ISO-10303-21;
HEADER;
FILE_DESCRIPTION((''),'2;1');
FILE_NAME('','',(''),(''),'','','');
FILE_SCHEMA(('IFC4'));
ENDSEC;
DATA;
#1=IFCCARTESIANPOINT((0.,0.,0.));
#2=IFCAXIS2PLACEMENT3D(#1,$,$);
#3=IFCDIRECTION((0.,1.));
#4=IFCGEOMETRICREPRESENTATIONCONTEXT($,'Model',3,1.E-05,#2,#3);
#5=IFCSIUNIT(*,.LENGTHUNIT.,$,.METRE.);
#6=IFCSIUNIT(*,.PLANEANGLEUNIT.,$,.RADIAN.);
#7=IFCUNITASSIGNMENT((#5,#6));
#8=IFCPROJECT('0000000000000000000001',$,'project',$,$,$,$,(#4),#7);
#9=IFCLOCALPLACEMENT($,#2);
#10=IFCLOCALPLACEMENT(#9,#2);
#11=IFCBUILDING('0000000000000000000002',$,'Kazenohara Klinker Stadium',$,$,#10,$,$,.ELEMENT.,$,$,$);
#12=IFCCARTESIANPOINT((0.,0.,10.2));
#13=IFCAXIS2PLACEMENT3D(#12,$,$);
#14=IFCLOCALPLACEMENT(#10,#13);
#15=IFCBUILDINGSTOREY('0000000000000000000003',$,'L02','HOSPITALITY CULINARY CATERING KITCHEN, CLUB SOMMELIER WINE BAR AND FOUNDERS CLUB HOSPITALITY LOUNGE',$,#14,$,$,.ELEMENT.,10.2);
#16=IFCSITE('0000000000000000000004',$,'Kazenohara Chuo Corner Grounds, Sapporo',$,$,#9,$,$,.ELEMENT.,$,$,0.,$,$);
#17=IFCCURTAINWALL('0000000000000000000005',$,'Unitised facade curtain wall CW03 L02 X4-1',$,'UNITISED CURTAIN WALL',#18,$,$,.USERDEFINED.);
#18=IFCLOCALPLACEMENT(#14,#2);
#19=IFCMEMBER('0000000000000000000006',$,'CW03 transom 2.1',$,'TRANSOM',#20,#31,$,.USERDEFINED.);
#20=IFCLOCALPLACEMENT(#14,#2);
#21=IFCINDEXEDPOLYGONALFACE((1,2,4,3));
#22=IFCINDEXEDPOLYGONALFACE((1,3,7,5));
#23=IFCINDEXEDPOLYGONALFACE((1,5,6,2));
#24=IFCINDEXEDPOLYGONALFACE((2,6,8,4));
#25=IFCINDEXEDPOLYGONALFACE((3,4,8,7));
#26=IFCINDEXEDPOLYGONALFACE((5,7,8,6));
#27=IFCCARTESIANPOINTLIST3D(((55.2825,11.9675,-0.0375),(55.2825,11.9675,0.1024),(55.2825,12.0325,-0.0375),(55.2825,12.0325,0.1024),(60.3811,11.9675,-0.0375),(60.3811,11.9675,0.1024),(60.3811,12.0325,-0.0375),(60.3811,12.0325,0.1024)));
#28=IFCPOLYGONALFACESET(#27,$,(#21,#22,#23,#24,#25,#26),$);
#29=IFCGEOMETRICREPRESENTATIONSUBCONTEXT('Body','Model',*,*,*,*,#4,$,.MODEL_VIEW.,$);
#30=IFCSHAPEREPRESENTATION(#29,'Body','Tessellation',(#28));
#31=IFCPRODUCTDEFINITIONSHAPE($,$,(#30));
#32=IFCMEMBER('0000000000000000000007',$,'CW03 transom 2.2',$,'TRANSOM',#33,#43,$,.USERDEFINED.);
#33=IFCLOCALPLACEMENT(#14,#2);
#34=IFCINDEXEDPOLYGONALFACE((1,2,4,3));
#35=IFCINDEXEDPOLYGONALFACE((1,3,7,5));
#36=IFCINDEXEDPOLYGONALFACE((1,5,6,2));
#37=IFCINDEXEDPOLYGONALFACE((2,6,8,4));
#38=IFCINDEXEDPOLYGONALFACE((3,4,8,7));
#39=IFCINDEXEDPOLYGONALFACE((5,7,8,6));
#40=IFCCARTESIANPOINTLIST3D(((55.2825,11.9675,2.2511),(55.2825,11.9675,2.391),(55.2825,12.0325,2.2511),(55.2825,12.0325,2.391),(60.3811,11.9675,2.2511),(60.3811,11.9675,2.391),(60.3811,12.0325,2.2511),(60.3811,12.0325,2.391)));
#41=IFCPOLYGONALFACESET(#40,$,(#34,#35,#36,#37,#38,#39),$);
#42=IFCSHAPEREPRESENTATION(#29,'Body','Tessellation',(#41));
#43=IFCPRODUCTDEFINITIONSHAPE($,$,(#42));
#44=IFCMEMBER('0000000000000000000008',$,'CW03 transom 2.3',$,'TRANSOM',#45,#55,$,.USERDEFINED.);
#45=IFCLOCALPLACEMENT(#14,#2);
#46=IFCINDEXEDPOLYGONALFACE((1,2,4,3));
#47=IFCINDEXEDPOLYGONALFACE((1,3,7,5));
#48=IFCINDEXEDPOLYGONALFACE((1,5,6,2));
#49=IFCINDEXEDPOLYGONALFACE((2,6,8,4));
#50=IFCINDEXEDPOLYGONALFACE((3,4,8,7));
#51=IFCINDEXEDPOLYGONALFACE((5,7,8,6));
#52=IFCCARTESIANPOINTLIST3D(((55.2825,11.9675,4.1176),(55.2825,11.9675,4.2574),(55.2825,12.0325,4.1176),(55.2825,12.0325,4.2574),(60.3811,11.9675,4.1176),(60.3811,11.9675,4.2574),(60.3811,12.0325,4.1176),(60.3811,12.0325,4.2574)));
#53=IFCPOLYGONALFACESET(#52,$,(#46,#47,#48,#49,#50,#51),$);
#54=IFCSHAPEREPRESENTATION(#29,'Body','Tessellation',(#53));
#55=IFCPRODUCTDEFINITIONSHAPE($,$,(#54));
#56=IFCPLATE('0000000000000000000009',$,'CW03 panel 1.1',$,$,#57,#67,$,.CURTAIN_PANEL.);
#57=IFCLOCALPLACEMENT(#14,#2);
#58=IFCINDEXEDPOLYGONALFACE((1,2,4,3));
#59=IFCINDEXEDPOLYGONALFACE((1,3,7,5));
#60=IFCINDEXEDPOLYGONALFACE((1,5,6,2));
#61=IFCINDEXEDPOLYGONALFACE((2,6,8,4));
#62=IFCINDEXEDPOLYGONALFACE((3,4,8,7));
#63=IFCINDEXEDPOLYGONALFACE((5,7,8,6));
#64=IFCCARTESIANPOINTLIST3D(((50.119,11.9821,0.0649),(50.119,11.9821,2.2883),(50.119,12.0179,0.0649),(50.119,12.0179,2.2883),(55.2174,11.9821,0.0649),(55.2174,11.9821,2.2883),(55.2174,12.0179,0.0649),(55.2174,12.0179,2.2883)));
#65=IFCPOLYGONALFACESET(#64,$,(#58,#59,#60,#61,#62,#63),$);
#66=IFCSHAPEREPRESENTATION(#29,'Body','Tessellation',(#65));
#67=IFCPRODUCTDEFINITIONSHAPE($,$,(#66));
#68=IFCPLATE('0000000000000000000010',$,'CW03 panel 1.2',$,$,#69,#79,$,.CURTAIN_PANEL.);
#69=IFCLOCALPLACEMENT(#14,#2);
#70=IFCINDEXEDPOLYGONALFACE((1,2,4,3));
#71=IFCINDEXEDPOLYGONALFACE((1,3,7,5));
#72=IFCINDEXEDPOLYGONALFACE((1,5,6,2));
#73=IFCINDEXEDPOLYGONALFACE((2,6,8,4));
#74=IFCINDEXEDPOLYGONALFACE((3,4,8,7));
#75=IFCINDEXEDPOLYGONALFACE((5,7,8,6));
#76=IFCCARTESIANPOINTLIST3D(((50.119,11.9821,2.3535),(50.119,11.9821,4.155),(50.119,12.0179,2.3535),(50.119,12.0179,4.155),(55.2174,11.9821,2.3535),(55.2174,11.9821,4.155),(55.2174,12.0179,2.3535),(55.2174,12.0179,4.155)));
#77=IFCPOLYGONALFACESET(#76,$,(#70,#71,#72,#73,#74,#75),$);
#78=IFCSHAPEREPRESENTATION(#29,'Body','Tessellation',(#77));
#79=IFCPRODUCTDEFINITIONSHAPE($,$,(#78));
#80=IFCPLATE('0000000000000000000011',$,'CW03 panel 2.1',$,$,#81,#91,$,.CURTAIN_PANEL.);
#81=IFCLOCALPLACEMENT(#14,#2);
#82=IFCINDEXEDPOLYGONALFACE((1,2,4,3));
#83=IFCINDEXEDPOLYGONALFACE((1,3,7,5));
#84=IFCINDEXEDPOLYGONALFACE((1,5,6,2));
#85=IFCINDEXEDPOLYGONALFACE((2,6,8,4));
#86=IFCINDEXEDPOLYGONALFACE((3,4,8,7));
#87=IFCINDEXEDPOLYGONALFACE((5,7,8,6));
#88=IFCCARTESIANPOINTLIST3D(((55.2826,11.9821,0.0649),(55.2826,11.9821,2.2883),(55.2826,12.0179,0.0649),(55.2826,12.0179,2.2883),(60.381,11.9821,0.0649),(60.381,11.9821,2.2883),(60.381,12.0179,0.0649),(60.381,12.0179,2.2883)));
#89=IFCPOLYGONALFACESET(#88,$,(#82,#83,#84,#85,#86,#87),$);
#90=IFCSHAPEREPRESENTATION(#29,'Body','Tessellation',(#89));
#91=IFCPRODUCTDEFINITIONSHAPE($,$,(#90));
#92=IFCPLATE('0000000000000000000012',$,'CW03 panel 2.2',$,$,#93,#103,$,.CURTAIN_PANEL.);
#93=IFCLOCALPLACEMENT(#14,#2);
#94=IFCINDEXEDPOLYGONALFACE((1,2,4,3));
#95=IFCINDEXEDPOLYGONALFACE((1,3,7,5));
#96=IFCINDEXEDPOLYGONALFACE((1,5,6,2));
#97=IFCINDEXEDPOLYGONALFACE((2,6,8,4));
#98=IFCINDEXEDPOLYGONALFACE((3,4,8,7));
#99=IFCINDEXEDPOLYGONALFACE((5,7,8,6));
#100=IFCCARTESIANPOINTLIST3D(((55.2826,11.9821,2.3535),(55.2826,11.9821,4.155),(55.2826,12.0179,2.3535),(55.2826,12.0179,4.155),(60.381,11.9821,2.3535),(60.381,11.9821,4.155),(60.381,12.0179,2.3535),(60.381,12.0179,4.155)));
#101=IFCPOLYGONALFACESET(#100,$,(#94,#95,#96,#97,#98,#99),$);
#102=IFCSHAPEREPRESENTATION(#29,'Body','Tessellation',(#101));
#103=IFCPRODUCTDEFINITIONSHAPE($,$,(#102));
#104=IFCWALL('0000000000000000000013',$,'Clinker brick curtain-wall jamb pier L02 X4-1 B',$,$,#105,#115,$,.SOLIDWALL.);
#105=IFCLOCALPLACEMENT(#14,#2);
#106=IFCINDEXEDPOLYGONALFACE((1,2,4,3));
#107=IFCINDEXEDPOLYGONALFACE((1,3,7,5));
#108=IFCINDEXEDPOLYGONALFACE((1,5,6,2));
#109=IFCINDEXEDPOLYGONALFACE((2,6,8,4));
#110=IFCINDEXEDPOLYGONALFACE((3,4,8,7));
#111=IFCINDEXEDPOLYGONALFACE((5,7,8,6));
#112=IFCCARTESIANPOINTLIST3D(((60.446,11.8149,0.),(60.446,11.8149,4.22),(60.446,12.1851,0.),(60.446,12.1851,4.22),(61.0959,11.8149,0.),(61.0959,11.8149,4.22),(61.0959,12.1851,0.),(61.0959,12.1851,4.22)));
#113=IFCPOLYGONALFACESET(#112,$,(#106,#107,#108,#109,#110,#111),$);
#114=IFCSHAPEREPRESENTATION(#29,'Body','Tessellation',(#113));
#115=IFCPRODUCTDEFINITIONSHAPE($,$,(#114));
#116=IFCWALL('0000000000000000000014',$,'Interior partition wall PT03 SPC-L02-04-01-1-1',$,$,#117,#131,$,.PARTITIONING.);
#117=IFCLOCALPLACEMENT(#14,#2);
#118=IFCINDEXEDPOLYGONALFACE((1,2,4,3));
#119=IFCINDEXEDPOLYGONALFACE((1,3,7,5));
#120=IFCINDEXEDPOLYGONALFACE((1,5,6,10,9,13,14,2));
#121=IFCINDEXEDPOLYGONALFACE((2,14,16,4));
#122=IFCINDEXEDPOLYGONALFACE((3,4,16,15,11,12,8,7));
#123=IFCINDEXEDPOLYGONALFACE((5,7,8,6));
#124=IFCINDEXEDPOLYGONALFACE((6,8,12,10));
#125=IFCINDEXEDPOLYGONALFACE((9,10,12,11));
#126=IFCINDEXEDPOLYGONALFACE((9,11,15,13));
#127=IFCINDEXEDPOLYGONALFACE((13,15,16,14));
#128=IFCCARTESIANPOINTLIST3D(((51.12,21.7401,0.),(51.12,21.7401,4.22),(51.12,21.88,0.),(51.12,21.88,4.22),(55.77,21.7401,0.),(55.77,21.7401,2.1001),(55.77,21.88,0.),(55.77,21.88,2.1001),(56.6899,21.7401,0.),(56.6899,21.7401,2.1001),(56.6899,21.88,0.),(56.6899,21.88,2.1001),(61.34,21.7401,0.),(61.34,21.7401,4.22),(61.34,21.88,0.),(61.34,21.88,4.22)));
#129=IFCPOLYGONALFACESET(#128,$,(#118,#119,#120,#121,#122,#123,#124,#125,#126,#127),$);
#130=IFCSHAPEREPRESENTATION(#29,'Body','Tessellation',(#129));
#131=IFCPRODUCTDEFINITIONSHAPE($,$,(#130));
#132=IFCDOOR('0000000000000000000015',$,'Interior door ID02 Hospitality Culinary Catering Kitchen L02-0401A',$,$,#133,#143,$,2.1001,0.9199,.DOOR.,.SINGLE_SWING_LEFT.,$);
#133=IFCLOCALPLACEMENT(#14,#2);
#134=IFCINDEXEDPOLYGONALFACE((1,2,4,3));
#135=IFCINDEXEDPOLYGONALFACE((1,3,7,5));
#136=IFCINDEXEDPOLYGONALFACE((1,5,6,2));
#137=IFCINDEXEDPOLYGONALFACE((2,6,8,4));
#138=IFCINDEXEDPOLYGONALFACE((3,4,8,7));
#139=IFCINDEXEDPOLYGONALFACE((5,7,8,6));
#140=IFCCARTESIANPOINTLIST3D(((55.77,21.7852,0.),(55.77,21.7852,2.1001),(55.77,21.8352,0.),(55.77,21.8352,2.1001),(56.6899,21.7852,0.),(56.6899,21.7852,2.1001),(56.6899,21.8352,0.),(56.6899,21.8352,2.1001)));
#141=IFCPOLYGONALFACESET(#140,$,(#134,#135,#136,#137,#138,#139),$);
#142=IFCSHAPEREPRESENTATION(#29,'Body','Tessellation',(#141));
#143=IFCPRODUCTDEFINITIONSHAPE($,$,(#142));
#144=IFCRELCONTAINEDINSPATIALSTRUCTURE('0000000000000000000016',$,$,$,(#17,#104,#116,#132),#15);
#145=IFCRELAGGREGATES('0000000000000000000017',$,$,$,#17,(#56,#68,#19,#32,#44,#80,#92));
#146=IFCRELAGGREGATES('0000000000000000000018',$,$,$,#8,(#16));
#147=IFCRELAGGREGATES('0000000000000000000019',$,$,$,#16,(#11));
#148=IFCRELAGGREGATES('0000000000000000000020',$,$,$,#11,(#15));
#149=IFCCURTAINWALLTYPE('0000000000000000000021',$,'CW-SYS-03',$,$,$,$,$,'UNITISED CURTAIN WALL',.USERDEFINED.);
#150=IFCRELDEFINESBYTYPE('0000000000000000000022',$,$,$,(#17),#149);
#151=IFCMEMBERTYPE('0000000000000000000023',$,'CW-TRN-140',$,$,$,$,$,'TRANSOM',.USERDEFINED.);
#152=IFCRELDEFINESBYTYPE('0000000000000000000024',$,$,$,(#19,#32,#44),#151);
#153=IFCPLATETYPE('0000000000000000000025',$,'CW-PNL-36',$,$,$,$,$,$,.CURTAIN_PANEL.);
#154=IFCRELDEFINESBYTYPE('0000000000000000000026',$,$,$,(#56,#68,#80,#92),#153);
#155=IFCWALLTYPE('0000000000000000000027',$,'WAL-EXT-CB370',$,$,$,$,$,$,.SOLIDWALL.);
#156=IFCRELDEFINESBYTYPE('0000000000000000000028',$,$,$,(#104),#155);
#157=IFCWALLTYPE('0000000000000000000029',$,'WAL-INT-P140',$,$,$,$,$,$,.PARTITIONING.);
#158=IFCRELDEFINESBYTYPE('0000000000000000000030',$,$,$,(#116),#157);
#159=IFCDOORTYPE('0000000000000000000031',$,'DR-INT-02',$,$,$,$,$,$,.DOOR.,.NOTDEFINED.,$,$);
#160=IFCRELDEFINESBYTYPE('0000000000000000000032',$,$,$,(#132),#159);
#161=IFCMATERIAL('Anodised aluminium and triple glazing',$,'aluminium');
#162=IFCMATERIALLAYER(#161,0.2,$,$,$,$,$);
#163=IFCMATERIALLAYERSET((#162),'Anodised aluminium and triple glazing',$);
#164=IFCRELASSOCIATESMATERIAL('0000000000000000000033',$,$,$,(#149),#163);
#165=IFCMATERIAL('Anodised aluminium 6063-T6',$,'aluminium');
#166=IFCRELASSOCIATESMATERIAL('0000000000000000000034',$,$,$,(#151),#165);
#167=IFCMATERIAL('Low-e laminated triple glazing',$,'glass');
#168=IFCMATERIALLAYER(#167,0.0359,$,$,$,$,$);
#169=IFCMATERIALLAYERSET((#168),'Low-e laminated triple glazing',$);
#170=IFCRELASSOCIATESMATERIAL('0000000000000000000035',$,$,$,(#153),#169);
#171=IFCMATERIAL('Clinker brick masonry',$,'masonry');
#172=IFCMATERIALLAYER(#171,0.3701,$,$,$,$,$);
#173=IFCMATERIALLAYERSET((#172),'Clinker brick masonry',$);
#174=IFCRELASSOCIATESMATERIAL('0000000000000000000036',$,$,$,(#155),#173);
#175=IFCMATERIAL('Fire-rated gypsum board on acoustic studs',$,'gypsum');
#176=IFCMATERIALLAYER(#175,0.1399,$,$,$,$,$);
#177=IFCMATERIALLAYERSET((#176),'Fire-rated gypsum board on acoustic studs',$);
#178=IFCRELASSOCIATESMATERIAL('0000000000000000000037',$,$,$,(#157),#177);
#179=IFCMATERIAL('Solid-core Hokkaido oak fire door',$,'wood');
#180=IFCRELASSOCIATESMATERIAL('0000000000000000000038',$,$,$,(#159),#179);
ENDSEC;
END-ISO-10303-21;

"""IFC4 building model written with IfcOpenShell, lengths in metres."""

from ifc_helpers import new_model, si_unit, direction, frame, frame_2d, origin, origin_2d, place, context, subcontext, project, spatial, rectangle, extrude, material, layer, layer_set, material_profile, profile_set, type_object, element, fill, aggregate, save


model = new_model("IFC4")

# Units and contexts
model_context = context("Model", 3, precision=1e-05, world=origin(), true_north=direction((0.0, 1.0)))
body_context = subcontext(model_context, "Body", "Model", "MODEL_VIEW")
ifc_project = project(units=[si_unit("LENGTHUNIT", "METRE"), si_unit("PLANEANGLEUNIT", "RADIAN")], contexts=[model_context])

# Site, building, storey
site_placement = place(None, origin())
site = spatial("IfcSite", under=ifc_project, at=site_placement, Name="Kazenohara Chuo Corner Grounds, Sapporo", CompositionType="ELEMENT", RefElevation=0.0)
building_placement = place(site_placement, origin())
building = spatial("IfcBuilding", under=site, at=building_placement, Name="Kazenohara Klinker Stadium", CompositionType="ELEMENT")
storey_placement = place(building_placement, frame((0.0, 0.0, 10.2)))
storey = spatial("IfcBuildingStorey", under=building, at=storey_placement, Name="L02", Description="HOSPITALITY CULINARY CATERING KITCHEN, CLUB SOMMELIER WINE BAR AND FOUNDERS CLUB HOSPITALITY LOUNGE", CompositionType="ELEMENT", Elevation=10.2)

# Curtain wall, members, plates
ifc_material_1 = material(Name="Anodised aluminium and triple glazing", Category="aluminium")
ifc_layer_1 = layer(ifc_material_1, 0.2)
ifc_layer_set_1 = layer_set([ifc_layer_1], Name="Anodised aluminium and triple glazing")
curtain_wall_type = type_object("IfcCurtainWallType", Name="CW-SYS-03", ElementType="UNITISED CURTAIN WALL", PredefinedType="USERDEFINED", material=ifc_layer_set_1)
curtain_wall_placement = place(storey_placement, origin())
curtain_wall = element("IfcCurtainWall", 1, at=curtain_wall_placement, inside=storey, type_object=curtain_wall_type, Name="Unitised facade curtain wall CW03 L02 X4-1", ObjectType="UNITISED CURTAIN WALL", PredefinedType="USERDEFINED")
ifc_material_2 = material(Name="Anodised aluminium 6063-T6", Category="aluminium")
ifc_material_profile_1 = material_profile(ifc_material_2, rectangle(XDim=0.0649, YDim=0.1399, at=origin_2d()), Name="ALU-TRN-65x140")
ifc_profile_set_1 = profile_set([ifc_material_profile_1], Name="Anodised aluminium 6063-T6")
member_type_1 = type_object("IfcMemberType", Name="CW-TRN-140", ElementType="TRANSOM", PredefinedType="USERDEFINED", material=ifc_profile_set_1)
member_1_placement = place(storey_placement, frame((55.2825, 12.0, 0.0325), z_axis=(1.0, 0.0, 0.0), x_axis=(0.0, 1.0, 0.0)))
member_1 = element("IfcMember", 2, at=member_1_placement, type_object=member_type_1, Name="CW03 transom 2.1", ObjectType="TRANSOM", PredefinedType="USERDEFINED", context=body_context, shape_type="SweptSolid", body=[
    extrude(rectangle(XDim=0.0649, YDim=0.1399, at=origin_2d()), origin(), (0.0, 0.0, 1.0), 5.0986),
])
member_2_placement = place(storey_placement, frame((55.2825, 12.0, 2.321), z_axis=(1.0, 0.0, 0.0), x_axis=(0.0, 1.0, 0.0)))
member_2 = element("IfcMember", 3, at=member_2_placement, type_object=member_type_1, Name="CW03 transom 2.2", ObjectType="TRANSOM", PredefinedType="USERDEFINED", context=body_context, shape_type="SweptSolid", body=[
    extrude(rectangle(XDim=0.0649, YDim=0.1399, at=origin_2d()), origin(), (0.0, 0.0, 1.0), 5.0986),
])
member_3_placement = place(storey_placement, frame((55.2825, 12.0, 4.1875), z_axis=(1.0, 0.0, 0.0), x_axis=(0.0, 1.0, 0.0)))
member_3 = element("IfcMember", 4, at=member_3_placement, type_object=member_type_1, Name="CW03 transom 2.3", ObjectType="TRANSOM", PredefinedType="USERDEFINED", context=body_context, shape_type="SweptSolid", body=[
    extrude(rectangle(XDim=0.0649, YDim=0.1399, at=origin_2d()), origin(), (0.0, 0.0, 1.0), 5.0986),
])
ifc_material_3 = material(Name="Low-e laminated triple glazing", Category="glass")
ifc_layer_2 = layer(ifc_material_3, 0.0359)
ifc_layer_set_2 = layer_set([ifc_layer_2], Name="Low-e laminated triple glazing")
plate_type = type_object("IfcPlateType", Name="CW-PNL-36", PredefinedType="CURTAIN_PANEL", material=ifc_layer_set_2)
plate_1_placement = place(storey_placement, frame((52.6682, 12.0, 0.0649), z_axis=(0.0, 0.0, 1.0), x_axis=(1.0, 0.0, 0.0)))
plate_1 = element("IfcPlate", 5, at=plate_1_placement, type_object=plate_type, Name="CW03 panel 1.1", PredefinedType="CURTAIN_PANEL", context=body_context, shape_type="SweptSolid", body=[
    extrude(rectangle(XDim=5.0984, YDim=0.0359, at=origin_2d()), origin(), (0.0, 0.0, 1.0), 2.2234),
])
plate_2_placement = place(storey_placement, frame((52.6682, 12.0, 2.3535), z_axis=(0.0, 0.0, 1.0), x_axis=(1.0, 0.0, 0.0)))
plate_2 = element("IfcPlate", 6, at=plate_2_placement, type_object=plate_type, Name="CW03 panel 1.2", PredefinedType="CURTAIN_PANEL", context=body_context, shape_type="SweptSolid", body=[
    extrude(rectangle(XDim=5.0984, YDim=0.0359, at=origin_2d()), origin(), (0.0, 0.0, 1.0), 1.8015),
])
plate_3_placement = place(storey_placement, frame((57.8318, 12.0, 0.0649), z_axis=(0.0, 0.0, 1.0), x_axis=(1.0, 0.0, 0.0)))
plate_3 = element("IfcPlate", 7, at=plate_3_placement, type_object=plate_type, Name="CW03 panel 2.1", PredefinedType="CURTAIN_PANEL", context=body_context, shape_type="SweptSolid", body=[
    extrude(rectangle(XDim=5.0984, YDim=0.0359, at=origin_2d()), origin(), (0.0, 0.0, 1.0), 2.2234),
])
plate_4_placement = place(storey_placement, frame((57.8318, 12.0, 2.3535), z_axis=(0.0, 0.0, 1.0), x_axis=(1.0, 0.0, 0.0)))
plate_4 = element("IfcPlate", 8, at=plate_4_placement, type_object=plate_type, Name="CW03 panel 2.2", PredefinedType="CURTAIN_PANEL", context=body_context, shape_type="SweptSolid", body=[
    extrude(rectangle(XDim=5.0984, YDim=0.0359, at=origin_2d()), origin(), (0.0, 0.0, 1.0), 1.8015),
])
aggregate(curtain_wall, [plate_1, plate_2, member_1, member_2, member_3, plate_3, plate_4])

# Wall
ifc_material_4 = material(Name="Clinker brick masonry", Category="masonry")
ifc_layer_3 = layer(ifc_material_4, 0.3701)
ifc_layer_set_3 = layer_set([ifc_layer_3], Name="Clinker brick masonry")
wall_type_1 = type_object("IfcWallType", Name="WAL-EXT-CB370", PredefinedType="SOLIDWALL", material=ifc_layer_set_3)
wall_1_placement = place(storey_placement, frame((60.446, 12.0, 0.0), z_axis=(0.0, 0.0, 1.0), x_axis=(1.0, 0.0, 0.0)))
element("IfcWall", 9, at=wall_1_placement, inside=storey, type_object=wall_type_1, Name="Clinker brick curtain-wall jamb pier L02 X4-1 B", PredefinedType="SOLIDWALL", context=body_context, shape_type="SweptSolid", body=[
    extrude(rectangle(XDim=0.6499, YDim=0.3701, at=frame_2d((0.325, 0.0))), origin(), (0.0, 0.0, 1.0), 4.22),
])

# Wall, opening, door
ifc_material_5 = material(Name="Fire-rated gypsum board on acoustic studs", Category="gypsum")
ifc_layer_4 = layer(ifc_material_5, 0.1399)
ifc_layer_set_4 = layer_set([ifc_layer_4], Name="Fire-rated gypsum board on acoustic studs")
wall_type_2 = type_object("IfcWallType", Name="WAL-INT-P140", PredefinedType="PARTITIONING", material=ifc_layer_set_4)
wall_2_placement = place(storey_placement, frame((51.1201, 21.8101, 0.0), z_axis=(0.0, 0.0, 1.0), x_axis=(1.0, 0.0, 0.0)))
wall_2 = element("IfcWall", 10, at=wall_2_placement, inside=storey, type_object=wall_type_2, Name="Interior partition wall PT03 SPC-L02-04-01-1-1", PredefinedType="PARTITIONING", context=body_context, shape_type="SweptSolid", body=[
    extrude(rectangle(XDim=10.22, YDim=0.1399, at=frame_2d((5.1099, 0.0))), origin(), (0.0, 0.0, 1.0), 4.22),
])
opening_placement = place(wall_2_placement, frame((5.5698, 0.0, 0.0), z_axis=(0.0, 0.0, 1.0), x_axis=(-1.0, 0.0, 0.0)))
opening = element("IfcOpeningElement", 11, at=opening_placement, cuts=wall_2, PredefinedType="OPENING", context=body_context, shape_type="SweptSolid", body=[
    extrude(rectangle(XDim=0.9199, YDim=2.1001, at=frame_2d((0.46, 1.05))), frame((0.0, 0.0801, 0.0), z_axis=(0.0, -1.0, 0.0), x_axis=(1.0, 0.0, 0.0)), (0.0, 0.0, 1.0), 0.1599),
])
ifc_material_6 = material(Name="Solid-core Hokkaido oak fire door", Category="wood")
door_type = type_object("IfcDoorType", Name="DR-INT-02", OperationType="NOTDEFINED", PredefinedType="DOOR", material=ifc_material_6)
door_placement = place(opening_placement, origin())
door = element("IfcDoor", 12, at=door_placement, inside=storey, type_object=door_type, Name="Interior door ID02 Hospitality Culinary Catering Kitchen L02-0401A", OperationType="SINGLE_SWING_LEFT", OverallHeight=2.1001, OverallWidth=0.9199, PredefinedType="DOOR", context=body_context, shape_type="SweptSolid", body=[
    extrude(rectangle(XDim=0.9199, YDim=2.1001, at=frame_2d((0.46, 1.05))), frame((0.0, 0.0249, 0.0), z_axis=(0.0, -1.0, 0.0), x_axis=(1.0, 0.0, 0.0)), (0.0, 0.0, 1.0), 0.05),
])
fill(opening, door)

save(model, "model.ifc")
